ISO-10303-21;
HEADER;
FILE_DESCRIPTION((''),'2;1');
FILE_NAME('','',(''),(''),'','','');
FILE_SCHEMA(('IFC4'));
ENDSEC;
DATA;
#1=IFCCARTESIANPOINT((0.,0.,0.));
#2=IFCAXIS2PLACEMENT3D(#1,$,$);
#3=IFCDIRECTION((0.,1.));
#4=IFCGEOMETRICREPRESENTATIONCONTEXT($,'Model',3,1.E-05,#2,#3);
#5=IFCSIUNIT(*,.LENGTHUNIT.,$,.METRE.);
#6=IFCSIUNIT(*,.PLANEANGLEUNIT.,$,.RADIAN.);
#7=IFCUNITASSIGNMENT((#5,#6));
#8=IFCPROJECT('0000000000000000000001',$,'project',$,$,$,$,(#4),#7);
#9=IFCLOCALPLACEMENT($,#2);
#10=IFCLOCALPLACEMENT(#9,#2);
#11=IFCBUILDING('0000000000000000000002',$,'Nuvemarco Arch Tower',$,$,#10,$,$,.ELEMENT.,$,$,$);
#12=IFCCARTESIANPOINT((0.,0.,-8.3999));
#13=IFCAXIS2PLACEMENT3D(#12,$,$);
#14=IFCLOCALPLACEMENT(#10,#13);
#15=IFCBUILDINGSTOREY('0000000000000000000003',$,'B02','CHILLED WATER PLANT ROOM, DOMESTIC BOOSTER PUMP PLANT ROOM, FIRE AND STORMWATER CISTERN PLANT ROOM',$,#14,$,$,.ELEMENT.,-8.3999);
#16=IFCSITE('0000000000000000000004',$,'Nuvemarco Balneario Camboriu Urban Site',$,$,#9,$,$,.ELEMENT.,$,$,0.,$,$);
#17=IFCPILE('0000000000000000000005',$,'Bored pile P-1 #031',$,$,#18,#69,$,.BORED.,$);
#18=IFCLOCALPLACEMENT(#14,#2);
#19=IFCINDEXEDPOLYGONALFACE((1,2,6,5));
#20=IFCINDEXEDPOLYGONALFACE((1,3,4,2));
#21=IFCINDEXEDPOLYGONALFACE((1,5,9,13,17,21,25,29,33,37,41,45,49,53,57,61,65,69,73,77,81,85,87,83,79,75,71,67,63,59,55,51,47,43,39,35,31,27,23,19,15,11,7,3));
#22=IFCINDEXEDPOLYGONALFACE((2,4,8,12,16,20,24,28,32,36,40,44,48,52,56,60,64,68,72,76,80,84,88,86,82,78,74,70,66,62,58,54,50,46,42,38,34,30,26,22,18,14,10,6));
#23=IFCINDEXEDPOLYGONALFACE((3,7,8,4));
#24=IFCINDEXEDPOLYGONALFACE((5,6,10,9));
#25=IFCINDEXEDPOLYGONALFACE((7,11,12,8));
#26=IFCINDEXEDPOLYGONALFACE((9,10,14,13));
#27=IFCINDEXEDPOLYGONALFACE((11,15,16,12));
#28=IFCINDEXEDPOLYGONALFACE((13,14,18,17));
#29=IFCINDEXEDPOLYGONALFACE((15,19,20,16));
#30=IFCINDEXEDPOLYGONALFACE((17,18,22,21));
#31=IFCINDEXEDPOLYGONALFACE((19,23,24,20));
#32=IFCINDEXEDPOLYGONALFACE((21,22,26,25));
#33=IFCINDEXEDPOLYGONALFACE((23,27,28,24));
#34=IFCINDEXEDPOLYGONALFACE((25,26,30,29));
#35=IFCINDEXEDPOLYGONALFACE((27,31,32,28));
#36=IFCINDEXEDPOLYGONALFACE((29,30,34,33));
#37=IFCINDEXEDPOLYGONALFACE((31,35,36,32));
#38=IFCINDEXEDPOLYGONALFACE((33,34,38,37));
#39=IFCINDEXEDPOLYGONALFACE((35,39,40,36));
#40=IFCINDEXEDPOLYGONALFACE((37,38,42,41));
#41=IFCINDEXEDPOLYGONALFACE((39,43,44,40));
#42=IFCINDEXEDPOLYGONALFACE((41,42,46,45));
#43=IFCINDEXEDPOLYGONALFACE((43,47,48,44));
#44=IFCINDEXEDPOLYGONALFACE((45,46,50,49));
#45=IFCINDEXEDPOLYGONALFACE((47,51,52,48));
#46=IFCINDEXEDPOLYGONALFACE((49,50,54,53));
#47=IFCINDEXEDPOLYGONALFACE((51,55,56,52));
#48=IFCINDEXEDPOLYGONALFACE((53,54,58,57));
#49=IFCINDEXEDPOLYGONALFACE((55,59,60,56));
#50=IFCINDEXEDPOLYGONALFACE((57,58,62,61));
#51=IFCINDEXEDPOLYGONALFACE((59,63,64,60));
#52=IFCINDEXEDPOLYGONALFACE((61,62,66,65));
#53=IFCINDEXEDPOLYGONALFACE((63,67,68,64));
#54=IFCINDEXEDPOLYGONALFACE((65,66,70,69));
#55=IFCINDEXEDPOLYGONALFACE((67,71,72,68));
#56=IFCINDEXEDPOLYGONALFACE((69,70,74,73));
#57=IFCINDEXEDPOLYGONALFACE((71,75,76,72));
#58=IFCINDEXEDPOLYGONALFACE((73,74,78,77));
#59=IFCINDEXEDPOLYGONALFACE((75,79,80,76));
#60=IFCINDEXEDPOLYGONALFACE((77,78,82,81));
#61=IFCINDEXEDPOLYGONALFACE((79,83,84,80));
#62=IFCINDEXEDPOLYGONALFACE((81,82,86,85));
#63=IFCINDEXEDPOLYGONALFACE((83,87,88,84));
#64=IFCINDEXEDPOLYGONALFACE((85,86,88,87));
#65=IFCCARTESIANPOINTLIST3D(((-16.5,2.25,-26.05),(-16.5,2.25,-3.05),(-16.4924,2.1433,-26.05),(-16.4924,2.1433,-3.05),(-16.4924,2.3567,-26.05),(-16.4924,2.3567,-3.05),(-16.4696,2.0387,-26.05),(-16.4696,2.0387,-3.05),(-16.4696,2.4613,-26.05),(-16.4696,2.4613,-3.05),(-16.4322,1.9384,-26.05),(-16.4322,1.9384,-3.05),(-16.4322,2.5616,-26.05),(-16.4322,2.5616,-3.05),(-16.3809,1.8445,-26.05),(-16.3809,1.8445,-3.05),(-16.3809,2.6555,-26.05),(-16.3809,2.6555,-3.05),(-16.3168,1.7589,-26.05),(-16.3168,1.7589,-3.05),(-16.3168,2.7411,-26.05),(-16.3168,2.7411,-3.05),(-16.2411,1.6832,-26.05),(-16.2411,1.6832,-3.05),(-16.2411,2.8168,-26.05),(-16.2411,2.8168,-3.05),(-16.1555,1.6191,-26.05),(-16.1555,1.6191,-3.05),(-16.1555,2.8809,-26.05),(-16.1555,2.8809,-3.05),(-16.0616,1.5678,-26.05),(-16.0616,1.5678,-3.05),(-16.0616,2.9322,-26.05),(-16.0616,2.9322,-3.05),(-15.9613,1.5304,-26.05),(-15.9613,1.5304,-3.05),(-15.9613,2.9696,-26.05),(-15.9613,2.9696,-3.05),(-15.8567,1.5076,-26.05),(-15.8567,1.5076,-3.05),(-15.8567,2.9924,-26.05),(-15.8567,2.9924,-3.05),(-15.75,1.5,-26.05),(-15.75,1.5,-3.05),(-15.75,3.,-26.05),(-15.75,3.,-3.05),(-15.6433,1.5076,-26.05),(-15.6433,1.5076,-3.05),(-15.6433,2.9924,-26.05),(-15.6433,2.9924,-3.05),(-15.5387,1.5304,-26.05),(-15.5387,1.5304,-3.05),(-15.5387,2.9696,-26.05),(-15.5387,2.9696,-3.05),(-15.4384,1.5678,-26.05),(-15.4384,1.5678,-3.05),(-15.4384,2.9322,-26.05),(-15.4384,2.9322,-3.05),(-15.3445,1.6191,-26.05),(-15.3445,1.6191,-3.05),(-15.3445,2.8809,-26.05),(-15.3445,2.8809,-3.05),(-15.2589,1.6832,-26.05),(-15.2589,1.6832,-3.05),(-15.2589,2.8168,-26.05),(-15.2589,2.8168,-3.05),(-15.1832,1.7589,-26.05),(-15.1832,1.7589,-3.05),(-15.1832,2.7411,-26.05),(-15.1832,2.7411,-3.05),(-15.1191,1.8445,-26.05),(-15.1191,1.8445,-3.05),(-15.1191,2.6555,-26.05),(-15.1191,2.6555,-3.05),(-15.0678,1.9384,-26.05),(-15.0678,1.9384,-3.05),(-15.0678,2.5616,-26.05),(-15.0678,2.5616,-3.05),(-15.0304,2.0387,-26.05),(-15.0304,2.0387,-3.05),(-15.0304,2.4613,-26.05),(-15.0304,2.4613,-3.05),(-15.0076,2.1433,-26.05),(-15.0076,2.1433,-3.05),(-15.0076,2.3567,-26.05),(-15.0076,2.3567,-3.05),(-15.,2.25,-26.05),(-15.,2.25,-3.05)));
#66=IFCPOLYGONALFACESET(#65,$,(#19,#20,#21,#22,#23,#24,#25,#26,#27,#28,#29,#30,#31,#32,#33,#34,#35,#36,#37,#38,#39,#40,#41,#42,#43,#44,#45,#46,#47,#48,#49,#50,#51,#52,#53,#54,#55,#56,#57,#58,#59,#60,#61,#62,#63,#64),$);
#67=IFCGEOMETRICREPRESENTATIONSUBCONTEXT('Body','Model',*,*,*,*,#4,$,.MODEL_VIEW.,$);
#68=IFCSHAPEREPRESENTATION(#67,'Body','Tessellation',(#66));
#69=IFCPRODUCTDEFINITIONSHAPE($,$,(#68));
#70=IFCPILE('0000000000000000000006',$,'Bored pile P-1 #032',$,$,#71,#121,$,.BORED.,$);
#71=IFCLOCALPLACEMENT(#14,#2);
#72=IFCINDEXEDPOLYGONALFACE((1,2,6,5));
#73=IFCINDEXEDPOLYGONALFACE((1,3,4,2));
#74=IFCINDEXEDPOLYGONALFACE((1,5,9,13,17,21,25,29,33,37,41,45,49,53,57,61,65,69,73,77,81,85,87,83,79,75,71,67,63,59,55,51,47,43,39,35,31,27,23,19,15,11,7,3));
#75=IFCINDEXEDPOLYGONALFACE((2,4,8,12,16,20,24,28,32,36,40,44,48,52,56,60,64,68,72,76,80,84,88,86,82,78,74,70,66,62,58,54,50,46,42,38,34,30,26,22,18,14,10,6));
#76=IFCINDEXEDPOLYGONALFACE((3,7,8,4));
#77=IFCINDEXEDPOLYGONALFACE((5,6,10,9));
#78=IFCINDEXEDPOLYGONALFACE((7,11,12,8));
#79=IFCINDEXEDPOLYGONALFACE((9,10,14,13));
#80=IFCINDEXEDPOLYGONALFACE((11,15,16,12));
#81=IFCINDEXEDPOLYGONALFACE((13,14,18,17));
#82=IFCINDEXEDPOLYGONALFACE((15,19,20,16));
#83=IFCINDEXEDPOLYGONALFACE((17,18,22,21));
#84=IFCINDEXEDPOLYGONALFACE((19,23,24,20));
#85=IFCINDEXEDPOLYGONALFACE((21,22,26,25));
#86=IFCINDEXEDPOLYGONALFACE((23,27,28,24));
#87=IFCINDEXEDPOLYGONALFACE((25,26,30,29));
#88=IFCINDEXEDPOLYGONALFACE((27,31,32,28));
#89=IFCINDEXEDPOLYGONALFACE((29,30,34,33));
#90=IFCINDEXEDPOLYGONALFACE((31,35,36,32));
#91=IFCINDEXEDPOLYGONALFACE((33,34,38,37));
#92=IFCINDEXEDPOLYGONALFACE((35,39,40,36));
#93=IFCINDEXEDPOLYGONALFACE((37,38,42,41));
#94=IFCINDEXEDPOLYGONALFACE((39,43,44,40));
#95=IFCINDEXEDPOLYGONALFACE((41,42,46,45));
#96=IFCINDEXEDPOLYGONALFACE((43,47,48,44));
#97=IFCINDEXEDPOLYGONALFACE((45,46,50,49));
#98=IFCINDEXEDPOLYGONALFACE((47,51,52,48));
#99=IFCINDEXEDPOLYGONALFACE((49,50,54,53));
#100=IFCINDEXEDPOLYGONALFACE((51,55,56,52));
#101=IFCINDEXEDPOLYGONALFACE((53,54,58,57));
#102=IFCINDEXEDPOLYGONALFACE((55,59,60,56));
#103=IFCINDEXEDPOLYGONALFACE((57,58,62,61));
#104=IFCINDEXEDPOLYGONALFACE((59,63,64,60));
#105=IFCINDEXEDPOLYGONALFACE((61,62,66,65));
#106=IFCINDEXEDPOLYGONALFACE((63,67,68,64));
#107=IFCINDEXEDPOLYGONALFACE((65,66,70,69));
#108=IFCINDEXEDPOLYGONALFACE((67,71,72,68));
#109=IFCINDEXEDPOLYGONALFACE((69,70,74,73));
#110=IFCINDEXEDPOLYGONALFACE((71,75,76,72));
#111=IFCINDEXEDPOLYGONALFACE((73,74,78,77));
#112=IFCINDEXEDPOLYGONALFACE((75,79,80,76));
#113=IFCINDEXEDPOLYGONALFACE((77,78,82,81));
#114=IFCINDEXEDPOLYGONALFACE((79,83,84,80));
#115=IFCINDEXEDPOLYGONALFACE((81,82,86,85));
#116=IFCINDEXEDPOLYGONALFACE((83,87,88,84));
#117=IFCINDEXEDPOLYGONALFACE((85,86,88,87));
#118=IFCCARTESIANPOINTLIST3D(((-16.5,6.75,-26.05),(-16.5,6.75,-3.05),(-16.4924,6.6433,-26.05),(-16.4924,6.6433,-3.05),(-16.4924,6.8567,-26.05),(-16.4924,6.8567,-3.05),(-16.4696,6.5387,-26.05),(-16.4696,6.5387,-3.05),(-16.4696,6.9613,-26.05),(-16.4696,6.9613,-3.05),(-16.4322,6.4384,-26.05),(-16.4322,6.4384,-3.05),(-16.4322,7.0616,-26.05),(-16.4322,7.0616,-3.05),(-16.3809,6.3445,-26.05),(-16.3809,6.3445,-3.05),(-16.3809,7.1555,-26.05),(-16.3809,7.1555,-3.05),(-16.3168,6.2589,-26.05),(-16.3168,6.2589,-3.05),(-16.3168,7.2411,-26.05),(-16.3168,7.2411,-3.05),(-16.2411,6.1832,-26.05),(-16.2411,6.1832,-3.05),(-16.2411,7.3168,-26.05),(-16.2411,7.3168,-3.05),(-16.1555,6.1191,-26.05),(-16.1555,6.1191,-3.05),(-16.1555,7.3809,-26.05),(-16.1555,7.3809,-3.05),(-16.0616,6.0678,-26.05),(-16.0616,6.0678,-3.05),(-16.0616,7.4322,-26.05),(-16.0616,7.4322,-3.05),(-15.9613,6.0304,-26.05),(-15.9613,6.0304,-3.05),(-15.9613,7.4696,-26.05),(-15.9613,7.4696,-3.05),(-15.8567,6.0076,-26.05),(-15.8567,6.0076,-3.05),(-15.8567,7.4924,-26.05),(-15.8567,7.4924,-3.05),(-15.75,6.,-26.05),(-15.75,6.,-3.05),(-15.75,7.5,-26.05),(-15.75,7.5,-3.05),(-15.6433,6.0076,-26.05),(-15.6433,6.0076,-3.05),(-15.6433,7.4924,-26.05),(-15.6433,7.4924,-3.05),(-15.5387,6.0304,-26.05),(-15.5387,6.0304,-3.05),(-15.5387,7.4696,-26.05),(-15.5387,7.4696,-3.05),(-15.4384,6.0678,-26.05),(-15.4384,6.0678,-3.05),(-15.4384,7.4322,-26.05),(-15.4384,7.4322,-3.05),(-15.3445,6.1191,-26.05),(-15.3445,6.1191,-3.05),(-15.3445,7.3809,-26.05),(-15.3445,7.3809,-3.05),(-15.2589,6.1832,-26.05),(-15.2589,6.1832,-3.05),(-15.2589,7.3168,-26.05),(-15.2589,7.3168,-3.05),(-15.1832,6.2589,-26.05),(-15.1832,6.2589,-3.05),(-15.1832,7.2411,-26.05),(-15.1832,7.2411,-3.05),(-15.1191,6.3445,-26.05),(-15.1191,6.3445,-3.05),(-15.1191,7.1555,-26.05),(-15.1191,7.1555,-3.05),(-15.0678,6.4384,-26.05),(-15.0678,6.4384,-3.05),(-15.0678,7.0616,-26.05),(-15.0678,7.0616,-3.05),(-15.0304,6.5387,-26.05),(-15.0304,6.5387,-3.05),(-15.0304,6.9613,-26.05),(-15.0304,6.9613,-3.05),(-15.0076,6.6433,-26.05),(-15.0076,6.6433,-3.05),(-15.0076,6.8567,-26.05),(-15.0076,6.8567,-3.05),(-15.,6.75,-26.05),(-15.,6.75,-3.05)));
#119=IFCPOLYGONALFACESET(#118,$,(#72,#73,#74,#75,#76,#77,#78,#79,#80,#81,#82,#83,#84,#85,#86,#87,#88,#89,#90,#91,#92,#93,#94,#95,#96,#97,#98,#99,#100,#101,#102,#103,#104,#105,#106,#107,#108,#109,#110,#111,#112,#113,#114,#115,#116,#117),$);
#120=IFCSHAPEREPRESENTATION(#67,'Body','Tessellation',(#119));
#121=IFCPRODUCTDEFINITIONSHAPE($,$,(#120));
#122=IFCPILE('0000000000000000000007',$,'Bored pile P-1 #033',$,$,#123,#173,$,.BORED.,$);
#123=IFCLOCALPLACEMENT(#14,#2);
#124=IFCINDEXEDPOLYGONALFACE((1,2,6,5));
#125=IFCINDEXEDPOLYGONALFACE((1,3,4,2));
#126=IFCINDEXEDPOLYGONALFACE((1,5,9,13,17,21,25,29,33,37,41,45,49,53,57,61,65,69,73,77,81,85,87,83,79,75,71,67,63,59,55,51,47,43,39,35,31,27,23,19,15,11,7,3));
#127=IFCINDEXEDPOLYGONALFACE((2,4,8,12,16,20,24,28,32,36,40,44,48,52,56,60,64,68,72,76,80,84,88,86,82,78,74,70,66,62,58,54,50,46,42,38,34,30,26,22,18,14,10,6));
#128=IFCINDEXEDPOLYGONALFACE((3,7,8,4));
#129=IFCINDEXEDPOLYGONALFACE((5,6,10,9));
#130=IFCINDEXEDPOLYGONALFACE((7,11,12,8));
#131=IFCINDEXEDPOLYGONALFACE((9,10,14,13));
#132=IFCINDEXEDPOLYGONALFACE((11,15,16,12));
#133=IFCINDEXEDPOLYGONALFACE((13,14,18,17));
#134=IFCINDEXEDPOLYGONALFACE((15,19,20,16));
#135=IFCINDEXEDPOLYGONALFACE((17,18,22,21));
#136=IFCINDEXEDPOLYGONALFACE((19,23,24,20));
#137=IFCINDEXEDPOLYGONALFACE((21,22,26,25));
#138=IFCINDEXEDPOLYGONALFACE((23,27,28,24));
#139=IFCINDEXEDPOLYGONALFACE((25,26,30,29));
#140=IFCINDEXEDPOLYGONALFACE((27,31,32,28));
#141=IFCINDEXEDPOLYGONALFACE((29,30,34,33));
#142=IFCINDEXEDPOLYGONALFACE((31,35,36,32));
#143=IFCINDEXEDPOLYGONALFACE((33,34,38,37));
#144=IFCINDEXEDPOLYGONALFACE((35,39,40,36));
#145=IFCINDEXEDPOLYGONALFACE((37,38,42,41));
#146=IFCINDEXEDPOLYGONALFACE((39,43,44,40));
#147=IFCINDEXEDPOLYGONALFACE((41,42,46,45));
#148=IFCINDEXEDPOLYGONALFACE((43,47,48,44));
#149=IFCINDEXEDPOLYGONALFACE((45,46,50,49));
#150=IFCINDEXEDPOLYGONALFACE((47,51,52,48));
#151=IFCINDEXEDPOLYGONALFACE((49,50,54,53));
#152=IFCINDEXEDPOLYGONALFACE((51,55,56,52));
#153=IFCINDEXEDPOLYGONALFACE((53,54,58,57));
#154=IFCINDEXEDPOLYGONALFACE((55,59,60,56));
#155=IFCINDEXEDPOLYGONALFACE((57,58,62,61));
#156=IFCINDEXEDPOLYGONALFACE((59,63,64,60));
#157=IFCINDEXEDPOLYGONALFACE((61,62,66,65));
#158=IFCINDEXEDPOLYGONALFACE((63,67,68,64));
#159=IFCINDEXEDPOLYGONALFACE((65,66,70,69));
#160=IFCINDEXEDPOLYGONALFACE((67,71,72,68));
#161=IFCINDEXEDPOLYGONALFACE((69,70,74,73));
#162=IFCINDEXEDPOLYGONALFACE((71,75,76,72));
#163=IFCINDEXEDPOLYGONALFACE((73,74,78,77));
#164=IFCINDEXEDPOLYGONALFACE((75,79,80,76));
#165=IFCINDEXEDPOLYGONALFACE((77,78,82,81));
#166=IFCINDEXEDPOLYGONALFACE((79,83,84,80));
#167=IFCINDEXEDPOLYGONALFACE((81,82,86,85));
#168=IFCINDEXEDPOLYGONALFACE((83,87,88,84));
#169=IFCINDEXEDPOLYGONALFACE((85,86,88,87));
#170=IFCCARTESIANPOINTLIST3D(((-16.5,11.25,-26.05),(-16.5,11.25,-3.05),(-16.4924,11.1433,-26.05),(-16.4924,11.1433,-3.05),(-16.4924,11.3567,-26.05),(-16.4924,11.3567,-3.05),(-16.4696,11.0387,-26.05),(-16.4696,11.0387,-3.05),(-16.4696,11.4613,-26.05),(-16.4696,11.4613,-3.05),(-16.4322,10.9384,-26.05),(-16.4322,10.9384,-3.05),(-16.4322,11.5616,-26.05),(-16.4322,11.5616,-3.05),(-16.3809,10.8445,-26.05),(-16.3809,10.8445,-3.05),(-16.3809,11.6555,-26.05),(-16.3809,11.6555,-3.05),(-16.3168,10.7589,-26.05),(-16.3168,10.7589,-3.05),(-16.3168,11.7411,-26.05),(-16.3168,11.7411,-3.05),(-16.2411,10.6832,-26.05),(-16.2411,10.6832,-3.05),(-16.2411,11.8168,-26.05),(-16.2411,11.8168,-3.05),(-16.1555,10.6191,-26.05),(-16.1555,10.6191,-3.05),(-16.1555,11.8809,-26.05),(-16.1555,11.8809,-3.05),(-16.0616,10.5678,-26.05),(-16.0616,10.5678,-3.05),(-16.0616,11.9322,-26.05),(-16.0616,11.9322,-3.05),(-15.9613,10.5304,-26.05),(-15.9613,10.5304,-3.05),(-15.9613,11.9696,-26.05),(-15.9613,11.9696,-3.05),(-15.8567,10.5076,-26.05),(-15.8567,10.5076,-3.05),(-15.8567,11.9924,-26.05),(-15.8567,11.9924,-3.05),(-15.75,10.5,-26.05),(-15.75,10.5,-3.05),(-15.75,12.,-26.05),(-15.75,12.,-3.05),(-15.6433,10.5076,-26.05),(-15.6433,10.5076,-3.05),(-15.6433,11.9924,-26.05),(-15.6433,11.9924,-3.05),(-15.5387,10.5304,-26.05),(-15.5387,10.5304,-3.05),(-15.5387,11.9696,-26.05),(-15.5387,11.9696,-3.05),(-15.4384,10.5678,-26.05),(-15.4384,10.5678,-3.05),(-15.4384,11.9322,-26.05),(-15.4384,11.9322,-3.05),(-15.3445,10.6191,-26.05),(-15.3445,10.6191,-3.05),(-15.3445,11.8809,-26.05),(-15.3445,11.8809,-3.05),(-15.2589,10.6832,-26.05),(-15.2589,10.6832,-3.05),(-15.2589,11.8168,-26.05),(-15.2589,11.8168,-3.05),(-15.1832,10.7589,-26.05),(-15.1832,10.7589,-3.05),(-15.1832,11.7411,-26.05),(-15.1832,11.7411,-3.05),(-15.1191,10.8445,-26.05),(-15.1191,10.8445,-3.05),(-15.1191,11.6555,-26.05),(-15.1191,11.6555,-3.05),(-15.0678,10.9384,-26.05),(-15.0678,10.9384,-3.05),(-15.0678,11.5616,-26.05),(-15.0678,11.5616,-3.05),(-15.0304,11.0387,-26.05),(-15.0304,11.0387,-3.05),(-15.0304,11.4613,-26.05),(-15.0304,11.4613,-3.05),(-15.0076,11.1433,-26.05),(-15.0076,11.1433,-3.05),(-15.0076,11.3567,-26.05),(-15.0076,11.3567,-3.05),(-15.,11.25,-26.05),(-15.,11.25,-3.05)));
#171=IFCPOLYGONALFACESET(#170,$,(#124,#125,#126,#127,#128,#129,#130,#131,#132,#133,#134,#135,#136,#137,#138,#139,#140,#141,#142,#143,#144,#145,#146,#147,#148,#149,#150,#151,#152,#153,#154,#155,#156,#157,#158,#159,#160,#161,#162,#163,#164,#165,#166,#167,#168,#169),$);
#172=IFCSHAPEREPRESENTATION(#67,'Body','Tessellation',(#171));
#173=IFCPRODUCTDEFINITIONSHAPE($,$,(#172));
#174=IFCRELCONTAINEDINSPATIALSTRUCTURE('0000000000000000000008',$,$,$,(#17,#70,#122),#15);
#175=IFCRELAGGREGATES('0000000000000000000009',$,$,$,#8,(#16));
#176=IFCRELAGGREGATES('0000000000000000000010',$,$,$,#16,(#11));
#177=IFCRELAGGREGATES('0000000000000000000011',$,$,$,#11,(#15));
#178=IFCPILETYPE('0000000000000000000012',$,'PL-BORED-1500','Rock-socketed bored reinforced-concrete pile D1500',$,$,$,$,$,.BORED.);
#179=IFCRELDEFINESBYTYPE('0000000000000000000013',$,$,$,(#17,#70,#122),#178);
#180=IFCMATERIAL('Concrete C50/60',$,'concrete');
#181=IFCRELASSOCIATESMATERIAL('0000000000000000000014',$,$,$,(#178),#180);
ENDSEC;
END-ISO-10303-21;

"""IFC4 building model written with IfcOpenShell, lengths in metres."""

from ifc_helpers import new_model, si_unit, direction, frame, origin, origin_2d, place, context, subcontext, project, spatial, circle, extrude, material, material_profile, profile_set, type_object, element, save


model = new_model("IFC4")

# Units and contexts
model_context = context("Model", 3, precision=1e-05, world=origin(), true_north=direction((0.0, 1.0)))
body_context = subcontext(model_context, "Body", "Model", "MODEL_VIEW")
ifc_project = project(units=[si_unit("LENGTHUNIT", "METRE"), si_unit("PLANEANGLEUNIT", "RADIAN")], contexts=[model_context])

# Site, building, storey
site_placement = place(None, origin())
site = spatial("IfcSite", under=ifc_project, at=site_placement, Name="Nuvemarco Balneario Camboriu Urban Site", CompositionType="ELEMENT", RefElevation=0.0)
building_placement = place(site_placement, origin())
building = spatial("IfcBuilding", under=site, at=building_placement, Name="Nuvemarco Arch Tower", CompositionType="ELEMENT")
storey_placement = place(building_placement, frame((0.0, 0.0, -8.3999)))
storey = spatial("IfcBuildingStorey", under=building, at=storey_placement, Name="B02", Description="CHILLED WATER PLANT ROOM, DOMESTIC BOOSTER PUMP PLANT ROOM, FIRE AND STORMWATER CISTERN PLANT ROOM", CompositionType="ELEMENT", Elevation=-8.3999)

# Piles
ifc_material_1 = material(Name="Concrete C50/60", Category="concrete")
ifc_material_profile_1 = material_profile(ifc_material_1, circle(Radius=0.75, at=origin_2d()), Name="PILE-D1500")
ifc_profile_set_1 = profile_set([ifc_material_profile_1], Name="Concrete C50/60")
pile_type = type_object("IfcPileType", Name="PL-BORED-1500", Description="Rock-socketed bored reinforced-concrete pile D1500", PredefinedType="BORED", material=ifc_profile_set_1)
for number, where, z_axis, x_axis, name in (
    (1, (-15.75, 2.25, -3.05), (0.0, 0.0, -1.0), (1.0, 0.0, 0.0), "Bored pile P-1 #031"),
    (2, (-15.75, 6.75, -3.05), (0.0, 0.0, -1.0), (1.0, 0.0, 0.0), "Bored pile P-1 #032"),
    (3, (-15.75, 11.25, -3.05), (0.0, 0.0, -1.0), (1.0, 0.0, 0.0), "Bored pile P-1 #033"),
):
    element("IfcPile", number, at=place(storey_placement, frame(where, z_axis=z_axis, x_axis=x_axis)), inside=storey, type_object=pile_type, Name=name, PredefinedType="BORED", context=body_context, shape_type="SweptSolid", body=[
        extrude(circle(Radius=0.75, at=origin_2d()), origin(), (0.0, 0.0, 1.0), 23.0),
    ])

save(model, "model.ifc")
